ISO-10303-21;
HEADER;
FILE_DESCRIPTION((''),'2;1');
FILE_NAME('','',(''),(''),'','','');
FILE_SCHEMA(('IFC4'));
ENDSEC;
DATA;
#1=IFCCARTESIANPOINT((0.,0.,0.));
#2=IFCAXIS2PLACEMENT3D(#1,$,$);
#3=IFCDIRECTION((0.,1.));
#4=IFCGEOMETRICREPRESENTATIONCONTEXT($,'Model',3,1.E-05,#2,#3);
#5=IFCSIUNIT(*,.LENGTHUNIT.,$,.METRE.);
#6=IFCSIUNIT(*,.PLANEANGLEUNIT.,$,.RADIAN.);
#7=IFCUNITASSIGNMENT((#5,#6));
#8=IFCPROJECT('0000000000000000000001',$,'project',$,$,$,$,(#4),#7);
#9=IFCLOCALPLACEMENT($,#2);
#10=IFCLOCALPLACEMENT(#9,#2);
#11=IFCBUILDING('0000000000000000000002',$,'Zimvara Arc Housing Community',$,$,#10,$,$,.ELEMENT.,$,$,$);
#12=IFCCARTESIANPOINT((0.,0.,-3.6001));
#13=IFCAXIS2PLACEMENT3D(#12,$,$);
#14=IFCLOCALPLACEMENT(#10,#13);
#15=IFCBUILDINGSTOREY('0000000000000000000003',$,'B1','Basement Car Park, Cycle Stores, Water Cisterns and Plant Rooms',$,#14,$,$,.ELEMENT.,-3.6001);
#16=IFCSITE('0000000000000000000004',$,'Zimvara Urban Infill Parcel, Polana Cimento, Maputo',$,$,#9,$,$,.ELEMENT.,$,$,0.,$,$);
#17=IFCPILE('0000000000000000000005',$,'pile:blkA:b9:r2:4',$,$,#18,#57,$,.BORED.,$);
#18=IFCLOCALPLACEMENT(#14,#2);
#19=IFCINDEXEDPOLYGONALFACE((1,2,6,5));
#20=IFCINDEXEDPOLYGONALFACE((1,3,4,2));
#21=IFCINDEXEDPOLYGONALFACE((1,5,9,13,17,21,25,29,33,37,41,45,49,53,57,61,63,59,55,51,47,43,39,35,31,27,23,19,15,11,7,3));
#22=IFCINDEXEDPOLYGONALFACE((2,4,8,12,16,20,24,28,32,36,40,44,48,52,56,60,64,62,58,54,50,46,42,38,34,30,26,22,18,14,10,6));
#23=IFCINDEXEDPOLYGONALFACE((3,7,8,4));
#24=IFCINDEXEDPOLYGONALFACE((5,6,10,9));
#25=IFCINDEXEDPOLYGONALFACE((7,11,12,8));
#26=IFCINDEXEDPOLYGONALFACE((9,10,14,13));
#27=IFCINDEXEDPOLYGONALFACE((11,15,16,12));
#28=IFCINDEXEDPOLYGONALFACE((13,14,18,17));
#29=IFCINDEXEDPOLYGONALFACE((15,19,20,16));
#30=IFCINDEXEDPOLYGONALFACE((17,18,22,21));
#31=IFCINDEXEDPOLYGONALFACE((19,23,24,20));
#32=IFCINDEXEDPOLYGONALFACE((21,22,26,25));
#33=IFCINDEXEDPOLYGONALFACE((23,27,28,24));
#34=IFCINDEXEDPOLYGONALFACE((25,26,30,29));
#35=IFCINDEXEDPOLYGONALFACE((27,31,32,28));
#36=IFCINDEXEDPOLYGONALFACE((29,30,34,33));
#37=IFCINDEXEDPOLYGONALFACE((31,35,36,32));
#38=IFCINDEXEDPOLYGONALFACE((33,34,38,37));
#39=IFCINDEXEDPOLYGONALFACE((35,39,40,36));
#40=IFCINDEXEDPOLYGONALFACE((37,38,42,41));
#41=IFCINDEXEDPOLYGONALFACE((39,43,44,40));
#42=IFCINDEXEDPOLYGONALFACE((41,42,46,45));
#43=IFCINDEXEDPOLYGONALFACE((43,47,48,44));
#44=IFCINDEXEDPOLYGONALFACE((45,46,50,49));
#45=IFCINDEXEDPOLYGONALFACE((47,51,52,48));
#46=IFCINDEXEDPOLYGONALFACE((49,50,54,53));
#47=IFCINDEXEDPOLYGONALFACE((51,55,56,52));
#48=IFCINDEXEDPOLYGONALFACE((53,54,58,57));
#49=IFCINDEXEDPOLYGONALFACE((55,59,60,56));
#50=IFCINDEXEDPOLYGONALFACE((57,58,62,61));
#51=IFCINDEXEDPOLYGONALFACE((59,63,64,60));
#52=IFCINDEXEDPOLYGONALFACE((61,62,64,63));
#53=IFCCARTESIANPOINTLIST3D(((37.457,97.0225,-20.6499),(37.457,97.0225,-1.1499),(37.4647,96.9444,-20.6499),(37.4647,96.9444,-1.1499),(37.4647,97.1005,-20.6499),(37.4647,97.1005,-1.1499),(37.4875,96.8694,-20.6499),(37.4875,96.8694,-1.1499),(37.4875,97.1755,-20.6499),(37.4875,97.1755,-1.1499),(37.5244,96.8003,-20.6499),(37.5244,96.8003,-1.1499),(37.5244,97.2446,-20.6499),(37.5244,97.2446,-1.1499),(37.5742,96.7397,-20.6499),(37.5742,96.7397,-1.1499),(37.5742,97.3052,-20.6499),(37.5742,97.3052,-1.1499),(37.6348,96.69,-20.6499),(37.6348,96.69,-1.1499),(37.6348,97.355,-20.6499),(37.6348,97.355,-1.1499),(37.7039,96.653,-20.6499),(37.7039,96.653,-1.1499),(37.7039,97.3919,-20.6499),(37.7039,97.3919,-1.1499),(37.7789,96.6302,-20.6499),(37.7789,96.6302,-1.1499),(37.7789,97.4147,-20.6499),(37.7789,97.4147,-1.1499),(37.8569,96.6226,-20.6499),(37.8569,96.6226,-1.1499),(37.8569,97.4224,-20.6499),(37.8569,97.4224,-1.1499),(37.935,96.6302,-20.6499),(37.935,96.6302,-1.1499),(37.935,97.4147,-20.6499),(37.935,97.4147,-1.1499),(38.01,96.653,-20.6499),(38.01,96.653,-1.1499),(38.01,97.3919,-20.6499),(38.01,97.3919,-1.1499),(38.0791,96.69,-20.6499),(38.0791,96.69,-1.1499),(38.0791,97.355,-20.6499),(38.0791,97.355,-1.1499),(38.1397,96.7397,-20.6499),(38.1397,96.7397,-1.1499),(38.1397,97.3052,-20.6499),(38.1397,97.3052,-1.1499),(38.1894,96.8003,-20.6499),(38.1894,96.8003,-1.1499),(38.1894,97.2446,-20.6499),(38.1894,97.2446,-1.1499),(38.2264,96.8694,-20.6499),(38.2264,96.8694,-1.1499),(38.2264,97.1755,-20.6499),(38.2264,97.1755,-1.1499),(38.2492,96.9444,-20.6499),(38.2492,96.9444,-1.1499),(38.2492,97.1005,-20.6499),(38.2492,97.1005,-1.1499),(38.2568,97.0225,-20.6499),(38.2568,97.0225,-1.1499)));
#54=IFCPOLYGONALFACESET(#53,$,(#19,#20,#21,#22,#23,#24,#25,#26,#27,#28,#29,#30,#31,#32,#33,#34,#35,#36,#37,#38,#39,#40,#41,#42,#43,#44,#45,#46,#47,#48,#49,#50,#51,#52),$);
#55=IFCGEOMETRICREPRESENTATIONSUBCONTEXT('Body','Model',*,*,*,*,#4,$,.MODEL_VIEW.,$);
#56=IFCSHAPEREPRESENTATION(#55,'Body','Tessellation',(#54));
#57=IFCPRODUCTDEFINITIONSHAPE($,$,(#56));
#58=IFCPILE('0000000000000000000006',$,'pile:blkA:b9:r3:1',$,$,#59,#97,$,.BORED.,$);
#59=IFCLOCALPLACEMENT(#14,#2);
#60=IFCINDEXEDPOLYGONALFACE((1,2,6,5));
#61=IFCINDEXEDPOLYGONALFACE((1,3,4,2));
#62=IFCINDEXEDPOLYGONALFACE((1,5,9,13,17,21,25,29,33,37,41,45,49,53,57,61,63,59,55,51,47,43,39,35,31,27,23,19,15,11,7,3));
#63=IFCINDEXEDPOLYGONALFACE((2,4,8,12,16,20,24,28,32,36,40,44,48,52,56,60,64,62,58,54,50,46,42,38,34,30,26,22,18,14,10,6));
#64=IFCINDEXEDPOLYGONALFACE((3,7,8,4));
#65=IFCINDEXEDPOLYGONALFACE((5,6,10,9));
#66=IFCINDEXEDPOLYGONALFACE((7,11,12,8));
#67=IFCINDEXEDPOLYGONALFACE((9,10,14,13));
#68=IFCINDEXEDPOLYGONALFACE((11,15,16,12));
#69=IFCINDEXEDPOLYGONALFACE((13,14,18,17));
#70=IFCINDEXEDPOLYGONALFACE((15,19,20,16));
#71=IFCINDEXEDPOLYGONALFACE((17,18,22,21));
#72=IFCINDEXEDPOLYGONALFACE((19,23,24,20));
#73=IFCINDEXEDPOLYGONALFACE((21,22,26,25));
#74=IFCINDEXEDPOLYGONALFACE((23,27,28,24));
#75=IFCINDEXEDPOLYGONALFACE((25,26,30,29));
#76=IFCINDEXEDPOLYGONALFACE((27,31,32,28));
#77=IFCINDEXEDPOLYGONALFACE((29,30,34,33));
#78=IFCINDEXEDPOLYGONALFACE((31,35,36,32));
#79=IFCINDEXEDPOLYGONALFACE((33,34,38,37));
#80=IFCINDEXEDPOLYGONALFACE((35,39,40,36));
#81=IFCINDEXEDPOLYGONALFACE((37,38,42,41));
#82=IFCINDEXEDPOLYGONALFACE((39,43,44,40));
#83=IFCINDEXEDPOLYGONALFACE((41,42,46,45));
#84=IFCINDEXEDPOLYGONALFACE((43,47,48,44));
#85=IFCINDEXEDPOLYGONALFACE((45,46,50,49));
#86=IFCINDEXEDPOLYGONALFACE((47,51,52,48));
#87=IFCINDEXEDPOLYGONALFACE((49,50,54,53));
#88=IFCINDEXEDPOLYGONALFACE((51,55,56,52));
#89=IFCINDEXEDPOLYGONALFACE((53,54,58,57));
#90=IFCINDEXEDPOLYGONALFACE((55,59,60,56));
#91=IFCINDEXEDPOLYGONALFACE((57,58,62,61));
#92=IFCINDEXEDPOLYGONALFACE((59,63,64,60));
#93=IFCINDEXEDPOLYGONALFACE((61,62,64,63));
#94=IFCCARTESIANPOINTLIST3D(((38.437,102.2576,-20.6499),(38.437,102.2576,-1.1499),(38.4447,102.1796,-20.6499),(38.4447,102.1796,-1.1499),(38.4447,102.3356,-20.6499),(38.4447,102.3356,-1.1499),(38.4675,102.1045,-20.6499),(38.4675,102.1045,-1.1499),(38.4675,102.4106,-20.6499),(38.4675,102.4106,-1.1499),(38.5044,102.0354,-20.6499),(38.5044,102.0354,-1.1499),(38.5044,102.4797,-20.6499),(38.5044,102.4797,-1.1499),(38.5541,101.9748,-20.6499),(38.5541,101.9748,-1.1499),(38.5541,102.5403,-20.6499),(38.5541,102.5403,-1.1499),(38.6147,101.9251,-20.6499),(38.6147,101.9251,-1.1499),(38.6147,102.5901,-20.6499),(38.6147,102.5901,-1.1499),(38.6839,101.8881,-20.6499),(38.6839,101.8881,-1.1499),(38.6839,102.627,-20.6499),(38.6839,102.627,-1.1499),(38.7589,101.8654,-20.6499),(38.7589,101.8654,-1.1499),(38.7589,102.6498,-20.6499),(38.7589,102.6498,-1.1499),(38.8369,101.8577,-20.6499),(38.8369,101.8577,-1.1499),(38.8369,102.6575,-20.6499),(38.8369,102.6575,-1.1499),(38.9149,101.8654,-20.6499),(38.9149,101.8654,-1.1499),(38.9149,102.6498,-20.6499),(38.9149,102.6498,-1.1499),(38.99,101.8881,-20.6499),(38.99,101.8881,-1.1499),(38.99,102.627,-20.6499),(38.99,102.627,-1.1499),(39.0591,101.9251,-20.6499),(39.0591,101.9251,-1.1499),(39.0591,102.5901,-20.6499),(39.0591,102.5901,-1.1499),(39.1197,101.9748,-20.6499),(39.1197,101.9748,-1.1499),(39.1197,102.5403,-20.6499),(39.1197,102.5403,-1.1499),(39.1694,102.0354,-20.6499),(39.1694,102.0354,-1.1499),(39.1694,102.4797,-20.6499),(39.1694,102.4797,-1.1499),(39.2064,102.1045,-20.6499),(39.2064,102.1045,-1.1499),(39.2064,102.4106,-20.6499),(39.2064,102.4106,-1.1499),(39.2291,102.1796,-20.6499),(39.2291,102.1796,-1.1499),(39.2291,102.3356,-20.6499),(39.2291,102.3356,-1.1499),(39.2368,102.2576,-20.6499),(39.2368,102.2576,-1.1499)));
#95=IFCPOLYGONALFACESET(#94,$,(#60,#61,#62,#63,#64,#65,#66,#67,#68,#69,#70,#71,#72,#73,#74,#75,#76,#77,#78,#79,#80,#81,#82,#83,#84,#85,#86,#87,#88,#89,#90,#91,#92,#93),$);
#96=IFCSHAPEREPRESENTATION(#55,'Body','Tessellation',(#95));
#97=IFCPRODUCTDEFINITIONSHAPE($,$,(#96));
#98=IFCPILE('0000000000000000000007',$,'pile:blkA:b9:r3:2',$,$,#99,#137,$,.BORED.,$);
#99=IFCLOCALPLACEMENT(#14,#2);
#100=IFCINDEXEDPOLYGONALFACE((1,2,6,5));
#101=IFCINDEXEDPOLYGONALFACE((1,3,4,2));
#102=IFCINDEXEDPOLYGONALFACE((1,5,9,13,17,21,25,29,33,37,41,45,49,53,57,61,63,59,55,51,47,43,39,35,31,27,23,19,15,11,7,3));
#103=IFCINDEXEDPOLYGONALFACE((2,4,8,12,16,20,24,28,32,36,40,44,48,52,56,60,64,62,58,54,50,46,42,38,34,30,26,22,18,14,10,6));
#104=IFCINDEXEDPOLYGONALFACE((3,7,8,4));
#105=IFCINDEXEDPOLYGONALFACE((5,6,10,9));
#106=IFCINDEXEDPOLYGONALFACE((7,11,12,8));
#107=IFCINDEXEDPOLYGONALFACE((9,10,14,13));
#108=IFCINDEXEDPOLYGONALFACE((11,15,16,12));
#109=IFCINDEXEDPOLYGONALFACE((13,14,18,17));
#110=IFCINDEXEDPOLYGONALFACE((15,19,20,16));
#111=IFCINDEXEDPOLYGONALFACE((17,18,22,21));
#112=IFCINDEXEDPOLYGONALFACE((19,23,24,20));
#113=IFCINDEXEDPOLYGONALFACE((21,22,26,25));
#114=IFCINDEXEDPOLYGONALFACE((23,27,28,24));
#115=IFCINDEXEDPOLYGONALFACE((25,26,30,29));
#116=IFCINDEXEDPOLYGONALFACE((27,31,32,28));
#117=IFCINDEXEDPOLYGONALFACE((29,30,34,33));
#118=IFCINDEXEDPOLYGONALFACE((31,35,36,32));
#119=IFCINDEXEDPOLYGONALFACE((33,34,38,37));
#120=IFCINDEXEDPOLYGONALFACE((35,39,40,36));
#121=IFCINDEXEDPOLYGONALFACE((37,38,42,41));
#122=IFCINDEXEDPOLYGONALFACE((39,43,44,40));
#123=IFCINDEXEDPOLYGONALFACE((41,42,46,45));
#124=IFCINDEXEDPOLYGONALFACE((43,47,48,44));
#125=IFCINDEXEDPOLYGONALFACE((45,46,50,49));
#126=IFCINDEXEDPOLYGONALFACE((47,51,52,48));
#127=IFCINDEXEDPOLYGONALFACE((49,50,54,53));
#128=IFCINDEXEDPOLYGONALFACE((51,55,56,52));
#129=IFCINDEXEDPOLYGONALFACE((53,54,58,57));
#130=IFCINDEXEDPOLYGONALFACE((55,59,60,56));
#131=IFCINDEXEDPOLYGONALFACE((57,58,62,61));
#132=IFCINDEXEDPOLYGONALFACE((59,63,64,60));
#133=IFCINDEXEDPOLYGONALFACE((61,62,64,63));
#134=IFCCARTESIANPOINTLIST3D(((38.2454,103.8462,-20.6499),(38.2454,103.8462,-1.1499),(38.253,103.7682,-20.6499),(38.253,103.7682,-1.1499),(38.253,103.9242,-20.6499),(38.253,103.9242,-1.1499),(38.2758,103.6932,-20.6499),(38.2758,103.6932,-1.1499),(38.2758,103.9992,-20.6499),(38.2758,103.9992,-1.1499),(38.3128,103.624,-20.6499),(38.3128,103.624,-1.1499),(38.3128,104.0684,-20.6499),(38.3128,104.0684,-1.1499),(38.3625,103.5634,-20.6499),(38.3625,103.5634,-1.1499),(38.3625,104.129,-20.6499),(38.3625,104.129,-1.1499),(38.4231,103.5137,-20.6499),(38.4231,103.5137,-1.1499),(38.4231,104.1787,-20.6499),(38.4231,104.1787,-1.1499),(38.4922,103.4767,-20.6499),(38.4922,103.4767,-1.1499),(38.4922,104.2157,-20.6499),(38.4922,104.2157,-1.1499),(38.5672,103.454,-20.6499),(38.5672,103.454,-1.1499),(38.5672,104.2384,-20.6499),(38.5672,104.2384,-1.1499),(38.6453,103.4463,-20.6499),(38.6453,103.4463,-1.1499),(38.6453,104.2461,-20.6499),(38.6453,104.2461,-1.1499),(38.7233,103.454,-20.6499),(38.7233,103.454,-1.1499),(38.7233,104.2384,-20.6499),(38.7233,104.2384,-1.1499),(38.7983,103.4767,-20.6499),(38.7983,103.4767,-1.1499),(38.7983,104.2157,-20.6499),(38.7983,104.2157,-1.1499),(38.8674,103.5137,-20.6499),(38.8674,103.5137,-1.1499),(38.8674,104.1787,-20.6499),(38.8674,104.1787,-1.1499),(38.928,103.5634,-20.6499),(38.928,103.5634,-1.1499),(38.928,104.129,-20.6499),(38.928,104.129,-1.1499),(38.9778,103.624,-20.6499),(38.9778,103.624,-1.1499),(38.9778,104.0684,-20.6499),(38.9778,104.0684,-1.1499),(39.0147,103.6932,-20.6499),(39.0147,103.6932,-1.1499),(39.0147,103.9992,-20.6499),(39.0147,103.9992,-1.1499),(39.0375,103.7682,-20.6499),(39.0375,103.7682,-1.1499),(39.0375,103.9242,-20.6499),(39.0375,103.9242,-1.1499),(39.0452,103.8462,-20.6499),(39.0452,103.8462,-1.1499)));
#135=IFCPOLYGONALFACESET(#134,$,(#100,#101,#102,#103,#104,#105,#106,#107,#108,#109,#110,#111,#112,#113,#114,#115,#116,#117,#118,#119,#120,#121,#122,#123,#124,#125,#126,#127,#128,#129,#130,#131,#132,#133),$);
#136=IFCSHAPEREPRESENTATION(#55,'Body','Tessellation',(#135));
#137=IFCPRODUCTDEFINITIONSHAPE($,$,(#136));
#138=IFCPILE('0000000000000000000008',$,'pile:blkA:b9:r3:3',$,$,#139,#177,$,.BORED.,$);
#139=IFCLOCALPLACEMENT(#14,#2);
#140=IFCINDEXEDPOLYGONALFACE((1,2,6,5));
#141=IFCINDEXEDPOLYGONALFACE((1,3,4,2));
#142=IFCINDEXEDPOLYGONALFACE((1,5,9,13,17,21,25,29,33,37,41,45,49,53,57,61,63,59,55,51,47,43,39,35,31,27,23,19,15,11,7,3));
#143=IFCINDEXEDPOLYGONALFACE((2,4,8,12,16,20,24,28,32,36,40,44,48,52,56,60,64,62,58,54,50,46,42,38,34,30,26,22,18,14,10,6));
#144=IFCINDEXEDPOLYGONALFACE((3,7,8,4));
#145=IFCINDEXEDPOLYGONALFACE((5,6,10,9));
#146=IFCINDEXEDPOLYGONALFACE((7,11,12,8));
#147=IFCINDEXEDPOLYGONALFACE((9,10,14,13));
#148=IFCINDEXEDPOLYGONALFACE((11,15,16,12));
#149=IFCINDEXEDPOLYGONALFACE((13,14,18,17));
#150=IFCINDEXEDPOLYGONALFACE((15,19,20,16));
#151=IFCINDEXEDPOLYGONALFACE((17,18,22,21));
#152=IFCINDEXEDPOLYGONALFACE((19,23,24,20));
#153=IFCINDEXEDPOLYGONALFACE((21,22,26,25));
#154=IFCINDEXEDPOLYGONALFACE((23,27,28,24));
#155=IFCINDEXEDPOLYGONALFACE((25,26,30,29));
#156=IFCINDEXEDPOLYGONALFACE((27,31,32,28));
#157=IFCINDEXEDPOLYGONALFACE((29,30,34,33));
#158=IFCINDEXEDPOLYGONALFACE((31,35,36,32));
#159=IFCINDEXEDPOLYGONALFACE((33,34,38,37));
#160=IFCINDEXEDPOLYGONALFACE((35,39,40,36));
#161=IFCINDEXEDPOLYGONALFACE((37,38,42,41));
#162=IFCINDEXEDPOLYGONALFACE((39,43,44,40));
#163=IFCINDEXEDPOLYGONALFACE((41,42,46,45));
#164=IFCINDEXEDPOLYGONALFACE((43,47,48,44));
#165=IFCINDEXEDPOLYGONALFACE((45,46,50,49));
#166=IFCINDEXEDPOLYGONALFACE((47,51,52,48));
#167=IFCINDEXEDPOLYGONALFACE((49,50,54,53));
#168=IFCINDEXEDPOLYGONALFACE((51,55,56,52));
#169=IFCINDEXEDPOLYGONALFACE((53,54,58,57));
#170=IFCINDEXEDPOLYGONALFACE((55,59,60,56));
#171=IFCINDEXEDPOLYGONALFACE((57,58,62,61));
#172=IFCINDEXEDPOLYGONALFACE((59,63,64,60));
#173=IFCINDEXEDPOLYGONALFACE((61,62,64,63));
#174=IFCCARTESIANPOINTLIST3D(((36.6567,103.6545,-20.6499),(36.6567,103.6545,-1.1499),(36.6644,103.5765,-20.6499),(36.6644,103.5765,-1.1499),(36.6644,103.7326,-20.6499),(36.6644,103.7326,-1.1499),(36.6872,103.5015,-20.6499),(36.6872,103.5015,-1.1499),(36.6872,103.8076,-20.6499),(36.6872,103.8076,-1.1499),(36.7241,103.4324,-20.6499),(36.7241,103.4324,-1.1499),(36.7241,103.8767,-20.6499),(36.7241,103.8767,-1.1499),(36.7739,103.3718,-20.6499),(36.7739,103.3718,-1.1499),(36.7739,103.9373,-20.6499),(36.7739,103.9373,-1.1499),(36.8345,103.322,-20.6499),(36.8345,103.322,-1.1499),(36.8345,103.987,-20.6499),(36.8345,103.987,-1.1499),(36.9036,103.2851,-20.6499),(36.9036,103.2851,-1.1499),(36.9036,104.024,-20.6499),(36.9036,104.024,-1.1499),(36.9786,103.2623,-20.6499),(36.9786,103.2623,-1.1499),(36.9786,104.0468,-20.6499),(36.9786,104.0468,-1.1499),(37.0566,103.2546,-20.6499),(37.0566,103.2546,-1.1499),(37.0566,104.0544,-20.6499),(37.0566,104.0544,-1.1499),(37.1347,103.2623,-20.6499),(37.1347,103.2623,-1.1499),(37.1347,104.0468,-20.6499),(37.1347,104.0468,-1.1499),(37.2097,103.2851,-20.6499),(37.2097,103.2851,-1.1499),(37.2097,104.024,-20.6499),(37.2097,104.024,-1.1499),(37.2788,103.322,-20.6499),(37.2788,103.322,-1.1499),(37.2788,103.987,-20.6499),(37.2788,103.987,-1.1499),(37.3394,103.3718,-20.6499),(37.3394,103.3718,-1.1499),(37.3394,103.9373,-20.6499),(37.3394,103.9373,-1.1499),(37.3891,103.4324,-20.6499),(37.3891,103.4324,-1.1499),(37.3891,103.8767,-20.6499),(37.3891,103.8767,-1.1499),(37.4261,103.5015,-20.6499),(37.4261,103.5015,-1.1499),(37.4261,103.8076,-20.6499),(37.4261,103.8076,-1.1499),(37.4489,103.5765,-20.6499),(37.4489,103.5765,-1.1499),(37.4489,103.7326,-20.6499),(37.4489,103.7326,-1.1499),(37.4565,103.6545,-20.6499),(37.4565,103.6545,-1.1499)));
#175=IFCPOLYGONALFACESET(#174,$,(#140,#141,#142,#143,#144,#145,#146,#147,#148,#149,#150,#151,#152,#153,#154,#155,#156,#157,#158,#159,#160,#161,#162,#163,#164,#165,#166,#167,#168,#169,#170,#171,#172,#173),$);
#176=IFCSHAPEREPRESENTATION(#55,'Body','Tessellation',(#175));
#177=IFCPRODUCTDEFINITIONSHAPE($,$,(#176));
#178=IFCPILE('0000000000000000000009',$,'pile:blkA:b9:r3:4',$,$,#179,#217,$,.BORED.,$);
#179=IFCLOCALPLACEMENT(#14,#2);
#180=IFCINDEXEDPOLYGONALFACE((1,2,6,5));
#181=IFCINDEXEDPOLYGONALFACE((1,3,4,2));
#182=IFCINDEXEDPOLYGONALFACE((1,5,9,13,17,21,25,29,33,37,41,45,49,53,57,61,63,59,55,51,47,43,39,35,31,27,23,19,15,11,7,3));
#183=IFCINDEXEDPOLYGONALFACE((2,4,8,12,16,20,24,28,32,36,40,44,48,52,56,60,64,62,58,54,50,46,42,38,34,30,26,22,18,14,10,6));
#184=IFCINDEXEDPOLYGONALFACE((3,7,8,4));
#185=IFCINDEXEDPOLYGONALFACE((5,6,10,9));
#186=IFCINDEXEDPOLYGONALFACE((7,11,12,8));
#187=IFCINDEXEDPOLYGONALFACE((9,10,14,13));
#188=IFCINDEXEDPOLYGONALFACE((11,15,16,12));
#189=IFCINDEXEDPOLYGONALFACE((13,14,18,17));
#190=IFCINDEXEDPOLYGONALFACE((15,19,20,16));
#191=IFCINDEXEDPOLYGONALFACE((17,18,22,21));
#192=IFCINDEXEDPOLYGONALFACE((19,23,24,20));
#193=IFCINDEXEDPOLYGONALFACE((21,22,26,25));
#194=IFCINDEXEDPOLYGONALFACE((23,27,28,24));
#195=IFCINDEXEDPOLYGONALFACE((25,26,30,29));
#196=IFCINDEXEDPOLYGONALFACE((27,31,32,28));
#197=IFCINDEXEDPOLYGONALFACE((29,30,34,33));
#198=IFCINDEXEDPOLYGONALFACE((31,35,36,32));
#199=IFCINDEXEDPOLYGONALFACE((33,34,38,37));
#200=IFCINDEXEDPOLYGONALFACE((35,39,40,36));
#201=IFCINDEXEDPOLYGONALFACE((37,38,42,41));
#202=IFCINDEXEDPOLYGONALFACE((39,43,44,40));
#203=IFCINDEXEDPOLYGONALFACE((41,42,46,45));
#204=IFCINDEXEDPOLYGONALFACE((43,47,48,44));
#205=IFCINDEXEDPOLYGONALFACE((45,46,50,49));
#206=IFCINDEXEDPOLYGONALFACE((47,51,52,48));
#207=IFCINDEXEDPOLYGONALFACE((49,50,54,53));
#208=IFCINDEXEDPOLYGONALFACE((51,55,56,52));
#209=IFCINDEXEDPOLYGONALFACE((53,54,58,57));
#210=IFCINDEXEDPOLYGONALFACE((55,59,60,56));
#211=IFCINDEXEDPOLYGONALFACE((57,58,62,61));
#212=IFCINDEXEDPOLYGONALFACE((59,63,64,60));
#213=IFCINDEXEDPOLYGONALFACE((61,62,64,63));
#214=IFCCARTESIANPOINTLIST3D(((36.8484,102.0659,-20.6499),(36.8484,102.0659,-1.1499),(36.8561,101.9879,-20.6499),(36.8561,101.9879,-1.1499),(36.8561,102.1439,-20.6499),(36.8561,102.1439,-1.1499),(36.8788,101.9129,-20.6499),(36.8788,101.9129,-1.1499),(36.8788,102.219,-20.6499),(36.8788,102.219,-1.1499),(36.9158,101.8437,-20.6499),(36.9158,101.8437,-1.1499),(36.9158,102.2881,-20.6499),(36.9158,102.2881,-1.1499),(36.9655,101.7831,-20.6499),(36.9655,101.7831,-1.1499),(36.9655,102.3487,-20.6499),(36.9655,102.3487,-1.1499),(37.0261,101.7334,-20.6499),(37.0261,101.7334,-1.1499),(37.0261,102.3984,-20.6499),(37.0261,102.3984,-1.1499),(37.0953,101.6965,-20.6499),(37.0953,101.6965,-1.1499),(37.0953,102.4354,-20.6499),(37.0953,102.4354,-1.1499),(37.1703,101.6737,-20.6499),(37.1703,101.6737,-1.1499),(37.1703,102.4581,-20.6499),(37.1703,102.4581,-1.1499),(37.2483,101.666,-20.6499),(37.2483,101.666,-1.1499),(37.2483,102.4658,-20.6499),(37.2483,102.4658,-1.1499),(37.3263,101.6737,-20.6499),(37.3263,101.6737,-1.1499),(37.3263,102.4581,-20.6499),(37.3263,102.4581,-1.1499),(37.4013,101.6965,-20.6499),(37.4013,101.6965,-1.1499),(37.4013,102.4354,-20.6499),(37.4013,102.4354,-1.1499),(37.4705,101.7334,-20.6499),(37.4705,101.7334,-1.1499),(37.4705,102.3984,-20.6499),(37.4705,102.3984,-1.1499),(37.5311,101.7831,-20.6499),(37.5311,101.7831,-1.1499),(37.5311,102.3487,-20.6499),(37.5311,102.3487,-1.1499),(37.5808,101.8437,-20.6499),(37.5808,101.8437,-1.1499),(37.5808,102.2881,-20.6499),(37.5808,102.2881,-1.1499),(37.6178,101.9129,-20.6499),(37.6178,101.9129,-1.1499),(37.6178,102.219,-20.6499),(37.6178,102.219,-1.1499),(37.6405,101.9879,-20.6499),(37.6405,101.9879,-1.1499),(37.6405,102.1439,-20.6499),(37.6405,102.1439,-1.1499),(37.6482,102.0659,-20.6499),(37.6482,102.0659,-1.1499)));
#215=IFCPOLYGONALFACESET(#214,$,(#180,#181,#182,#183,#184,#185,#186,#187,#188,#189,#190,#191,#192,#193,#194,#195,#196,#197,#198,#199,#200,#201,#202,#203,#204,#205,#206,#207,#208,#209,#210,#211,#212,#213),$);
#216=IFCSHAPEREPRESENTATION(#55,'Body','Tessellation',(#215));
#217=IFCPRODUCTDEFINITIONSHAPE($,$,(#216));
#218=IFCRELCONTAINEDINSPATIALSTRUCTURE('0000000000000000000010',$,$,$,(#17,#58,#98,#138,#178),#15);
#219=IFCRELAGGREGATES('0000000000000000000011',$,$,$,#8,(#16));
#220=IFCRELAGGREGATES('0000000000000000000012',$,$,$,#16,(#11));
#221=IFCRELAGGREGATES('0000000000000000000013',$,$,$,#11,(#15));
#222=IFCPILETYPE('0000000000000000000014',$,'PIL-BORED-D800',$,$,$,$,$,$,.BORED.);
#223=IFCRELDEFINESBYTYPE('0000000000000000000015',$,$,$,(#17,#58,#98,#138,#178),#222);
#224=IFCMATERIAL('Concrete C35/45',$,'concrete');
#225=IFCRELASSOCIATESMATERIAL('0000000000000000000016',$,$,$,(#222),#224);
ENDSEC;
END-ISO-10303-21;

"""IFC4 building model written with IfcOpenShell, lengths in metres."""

from ifc_helpers import new_model, si_unit, direction, frame, origin, origin_2d, place, context, subcontext, project, spatial, circle, extrude, material, material_profile, profile_set, type_object, element, save


model = new_model("IFC4")

# Units and contexts
model_context = context("Model", 3, precision=1e-05, world=origin(), true_north=direction((0.0, 1.0)))
body_context = subcontext(model_context, "Body", "Model", "MODEL_VIEW")
ifc_project = project(units=[si_unit("LENGTHUNIT", "METRE"), si_unit("PLANEANGLEUNIT", "RADIAN")], contexts=[model_context])

# Site, building, storey
site_placement = place(None, origin())
site = spatial("IfcSite", under=ifc_project, at=site_placement, Name="Zimvara Urban Infill Parcel, Polana Cimento, Maputo", CompositionType="ELEMENT", RefElevation=0.0)
building_placement = place(site_placement, origin())
building = spatial("IfcBuilding", under=site, at=building_placement, Name="Zimvara Arc Housing Community", CompositionType="ELEMENT")
storey_placement = place(building_placement, frame((0.0, 0.0, -3.6001)))
storey = spatial("IfcBuildingStorey", under=building, at=storey_placement, Name="B1", Description="Basement Car Park, Cycle Stores, Water Cisterns and Plant Rooms", CompositionType="ELEMENT", Elevation=-3.6001)

# Piles
ifc_material_1 = material(Name="Concrete C35/45", Category="concrete")
ifc_material_profile_1 = material_profile(ifc_material_1, circle(Radius=0.3999, at=origin_2d()), Name="PILE D800")
ifc_profile_set_1 = profile_set([ifc_material_profile_1], Name="Concrete C35/45")
pile_type = type_object("IfcPileType", Name="PIL-BORED-D800", PredefinedType="BORED", material=ifc_profile_set_1)
for number, where, z_axis, x_axis, name in (
    (1, (37.8569, 97.0225, -1.1499), (0.0, 0.0, -1.0), (1.0, 0.0, 0.0), "pile:blkA:b9:r2:4"),
    (2, (38.8369, 102.2576, -1.1499), (0.0, 0.0, -1.0), (1.0, 0.0, 0.0), "pile:blkA:b9:r3:1"),
    (3, (38.6453, 103.8462, -1.1499), (0.0, 0.0, -1.0), (1.0, 0.0, 0.0), "pile:blkA:b9:r3:2"),
    (4, (37.0566, 103.6545, -1.1499), (0.0, 0.0, -1.0), (1.0, 0.0, 0.0), "pile:blkA:b9:r3:3"),
    (5, (37.2483, 102.0659, -1.1499), (0.0, 0.0, -1.0), (1.0, 0.0, 0.0), "pile:blkA:b9:r3:4"),
):
    element("IfcPile", number, at=place(storey_placement, frame(where, z_axis=z_axis, x_axis=x_axis)), inside=storey, type_object=pile_type, Name=name, PredefinedType="BORED", context=body_context, shape_type="SweptSolid", body=[
        extrude(circle(Radius=0.3999, at=origin_2d()), origin(), (0.0, 0.0, 1.0), 19.5),
    ])

save(model, "model.ifc")
